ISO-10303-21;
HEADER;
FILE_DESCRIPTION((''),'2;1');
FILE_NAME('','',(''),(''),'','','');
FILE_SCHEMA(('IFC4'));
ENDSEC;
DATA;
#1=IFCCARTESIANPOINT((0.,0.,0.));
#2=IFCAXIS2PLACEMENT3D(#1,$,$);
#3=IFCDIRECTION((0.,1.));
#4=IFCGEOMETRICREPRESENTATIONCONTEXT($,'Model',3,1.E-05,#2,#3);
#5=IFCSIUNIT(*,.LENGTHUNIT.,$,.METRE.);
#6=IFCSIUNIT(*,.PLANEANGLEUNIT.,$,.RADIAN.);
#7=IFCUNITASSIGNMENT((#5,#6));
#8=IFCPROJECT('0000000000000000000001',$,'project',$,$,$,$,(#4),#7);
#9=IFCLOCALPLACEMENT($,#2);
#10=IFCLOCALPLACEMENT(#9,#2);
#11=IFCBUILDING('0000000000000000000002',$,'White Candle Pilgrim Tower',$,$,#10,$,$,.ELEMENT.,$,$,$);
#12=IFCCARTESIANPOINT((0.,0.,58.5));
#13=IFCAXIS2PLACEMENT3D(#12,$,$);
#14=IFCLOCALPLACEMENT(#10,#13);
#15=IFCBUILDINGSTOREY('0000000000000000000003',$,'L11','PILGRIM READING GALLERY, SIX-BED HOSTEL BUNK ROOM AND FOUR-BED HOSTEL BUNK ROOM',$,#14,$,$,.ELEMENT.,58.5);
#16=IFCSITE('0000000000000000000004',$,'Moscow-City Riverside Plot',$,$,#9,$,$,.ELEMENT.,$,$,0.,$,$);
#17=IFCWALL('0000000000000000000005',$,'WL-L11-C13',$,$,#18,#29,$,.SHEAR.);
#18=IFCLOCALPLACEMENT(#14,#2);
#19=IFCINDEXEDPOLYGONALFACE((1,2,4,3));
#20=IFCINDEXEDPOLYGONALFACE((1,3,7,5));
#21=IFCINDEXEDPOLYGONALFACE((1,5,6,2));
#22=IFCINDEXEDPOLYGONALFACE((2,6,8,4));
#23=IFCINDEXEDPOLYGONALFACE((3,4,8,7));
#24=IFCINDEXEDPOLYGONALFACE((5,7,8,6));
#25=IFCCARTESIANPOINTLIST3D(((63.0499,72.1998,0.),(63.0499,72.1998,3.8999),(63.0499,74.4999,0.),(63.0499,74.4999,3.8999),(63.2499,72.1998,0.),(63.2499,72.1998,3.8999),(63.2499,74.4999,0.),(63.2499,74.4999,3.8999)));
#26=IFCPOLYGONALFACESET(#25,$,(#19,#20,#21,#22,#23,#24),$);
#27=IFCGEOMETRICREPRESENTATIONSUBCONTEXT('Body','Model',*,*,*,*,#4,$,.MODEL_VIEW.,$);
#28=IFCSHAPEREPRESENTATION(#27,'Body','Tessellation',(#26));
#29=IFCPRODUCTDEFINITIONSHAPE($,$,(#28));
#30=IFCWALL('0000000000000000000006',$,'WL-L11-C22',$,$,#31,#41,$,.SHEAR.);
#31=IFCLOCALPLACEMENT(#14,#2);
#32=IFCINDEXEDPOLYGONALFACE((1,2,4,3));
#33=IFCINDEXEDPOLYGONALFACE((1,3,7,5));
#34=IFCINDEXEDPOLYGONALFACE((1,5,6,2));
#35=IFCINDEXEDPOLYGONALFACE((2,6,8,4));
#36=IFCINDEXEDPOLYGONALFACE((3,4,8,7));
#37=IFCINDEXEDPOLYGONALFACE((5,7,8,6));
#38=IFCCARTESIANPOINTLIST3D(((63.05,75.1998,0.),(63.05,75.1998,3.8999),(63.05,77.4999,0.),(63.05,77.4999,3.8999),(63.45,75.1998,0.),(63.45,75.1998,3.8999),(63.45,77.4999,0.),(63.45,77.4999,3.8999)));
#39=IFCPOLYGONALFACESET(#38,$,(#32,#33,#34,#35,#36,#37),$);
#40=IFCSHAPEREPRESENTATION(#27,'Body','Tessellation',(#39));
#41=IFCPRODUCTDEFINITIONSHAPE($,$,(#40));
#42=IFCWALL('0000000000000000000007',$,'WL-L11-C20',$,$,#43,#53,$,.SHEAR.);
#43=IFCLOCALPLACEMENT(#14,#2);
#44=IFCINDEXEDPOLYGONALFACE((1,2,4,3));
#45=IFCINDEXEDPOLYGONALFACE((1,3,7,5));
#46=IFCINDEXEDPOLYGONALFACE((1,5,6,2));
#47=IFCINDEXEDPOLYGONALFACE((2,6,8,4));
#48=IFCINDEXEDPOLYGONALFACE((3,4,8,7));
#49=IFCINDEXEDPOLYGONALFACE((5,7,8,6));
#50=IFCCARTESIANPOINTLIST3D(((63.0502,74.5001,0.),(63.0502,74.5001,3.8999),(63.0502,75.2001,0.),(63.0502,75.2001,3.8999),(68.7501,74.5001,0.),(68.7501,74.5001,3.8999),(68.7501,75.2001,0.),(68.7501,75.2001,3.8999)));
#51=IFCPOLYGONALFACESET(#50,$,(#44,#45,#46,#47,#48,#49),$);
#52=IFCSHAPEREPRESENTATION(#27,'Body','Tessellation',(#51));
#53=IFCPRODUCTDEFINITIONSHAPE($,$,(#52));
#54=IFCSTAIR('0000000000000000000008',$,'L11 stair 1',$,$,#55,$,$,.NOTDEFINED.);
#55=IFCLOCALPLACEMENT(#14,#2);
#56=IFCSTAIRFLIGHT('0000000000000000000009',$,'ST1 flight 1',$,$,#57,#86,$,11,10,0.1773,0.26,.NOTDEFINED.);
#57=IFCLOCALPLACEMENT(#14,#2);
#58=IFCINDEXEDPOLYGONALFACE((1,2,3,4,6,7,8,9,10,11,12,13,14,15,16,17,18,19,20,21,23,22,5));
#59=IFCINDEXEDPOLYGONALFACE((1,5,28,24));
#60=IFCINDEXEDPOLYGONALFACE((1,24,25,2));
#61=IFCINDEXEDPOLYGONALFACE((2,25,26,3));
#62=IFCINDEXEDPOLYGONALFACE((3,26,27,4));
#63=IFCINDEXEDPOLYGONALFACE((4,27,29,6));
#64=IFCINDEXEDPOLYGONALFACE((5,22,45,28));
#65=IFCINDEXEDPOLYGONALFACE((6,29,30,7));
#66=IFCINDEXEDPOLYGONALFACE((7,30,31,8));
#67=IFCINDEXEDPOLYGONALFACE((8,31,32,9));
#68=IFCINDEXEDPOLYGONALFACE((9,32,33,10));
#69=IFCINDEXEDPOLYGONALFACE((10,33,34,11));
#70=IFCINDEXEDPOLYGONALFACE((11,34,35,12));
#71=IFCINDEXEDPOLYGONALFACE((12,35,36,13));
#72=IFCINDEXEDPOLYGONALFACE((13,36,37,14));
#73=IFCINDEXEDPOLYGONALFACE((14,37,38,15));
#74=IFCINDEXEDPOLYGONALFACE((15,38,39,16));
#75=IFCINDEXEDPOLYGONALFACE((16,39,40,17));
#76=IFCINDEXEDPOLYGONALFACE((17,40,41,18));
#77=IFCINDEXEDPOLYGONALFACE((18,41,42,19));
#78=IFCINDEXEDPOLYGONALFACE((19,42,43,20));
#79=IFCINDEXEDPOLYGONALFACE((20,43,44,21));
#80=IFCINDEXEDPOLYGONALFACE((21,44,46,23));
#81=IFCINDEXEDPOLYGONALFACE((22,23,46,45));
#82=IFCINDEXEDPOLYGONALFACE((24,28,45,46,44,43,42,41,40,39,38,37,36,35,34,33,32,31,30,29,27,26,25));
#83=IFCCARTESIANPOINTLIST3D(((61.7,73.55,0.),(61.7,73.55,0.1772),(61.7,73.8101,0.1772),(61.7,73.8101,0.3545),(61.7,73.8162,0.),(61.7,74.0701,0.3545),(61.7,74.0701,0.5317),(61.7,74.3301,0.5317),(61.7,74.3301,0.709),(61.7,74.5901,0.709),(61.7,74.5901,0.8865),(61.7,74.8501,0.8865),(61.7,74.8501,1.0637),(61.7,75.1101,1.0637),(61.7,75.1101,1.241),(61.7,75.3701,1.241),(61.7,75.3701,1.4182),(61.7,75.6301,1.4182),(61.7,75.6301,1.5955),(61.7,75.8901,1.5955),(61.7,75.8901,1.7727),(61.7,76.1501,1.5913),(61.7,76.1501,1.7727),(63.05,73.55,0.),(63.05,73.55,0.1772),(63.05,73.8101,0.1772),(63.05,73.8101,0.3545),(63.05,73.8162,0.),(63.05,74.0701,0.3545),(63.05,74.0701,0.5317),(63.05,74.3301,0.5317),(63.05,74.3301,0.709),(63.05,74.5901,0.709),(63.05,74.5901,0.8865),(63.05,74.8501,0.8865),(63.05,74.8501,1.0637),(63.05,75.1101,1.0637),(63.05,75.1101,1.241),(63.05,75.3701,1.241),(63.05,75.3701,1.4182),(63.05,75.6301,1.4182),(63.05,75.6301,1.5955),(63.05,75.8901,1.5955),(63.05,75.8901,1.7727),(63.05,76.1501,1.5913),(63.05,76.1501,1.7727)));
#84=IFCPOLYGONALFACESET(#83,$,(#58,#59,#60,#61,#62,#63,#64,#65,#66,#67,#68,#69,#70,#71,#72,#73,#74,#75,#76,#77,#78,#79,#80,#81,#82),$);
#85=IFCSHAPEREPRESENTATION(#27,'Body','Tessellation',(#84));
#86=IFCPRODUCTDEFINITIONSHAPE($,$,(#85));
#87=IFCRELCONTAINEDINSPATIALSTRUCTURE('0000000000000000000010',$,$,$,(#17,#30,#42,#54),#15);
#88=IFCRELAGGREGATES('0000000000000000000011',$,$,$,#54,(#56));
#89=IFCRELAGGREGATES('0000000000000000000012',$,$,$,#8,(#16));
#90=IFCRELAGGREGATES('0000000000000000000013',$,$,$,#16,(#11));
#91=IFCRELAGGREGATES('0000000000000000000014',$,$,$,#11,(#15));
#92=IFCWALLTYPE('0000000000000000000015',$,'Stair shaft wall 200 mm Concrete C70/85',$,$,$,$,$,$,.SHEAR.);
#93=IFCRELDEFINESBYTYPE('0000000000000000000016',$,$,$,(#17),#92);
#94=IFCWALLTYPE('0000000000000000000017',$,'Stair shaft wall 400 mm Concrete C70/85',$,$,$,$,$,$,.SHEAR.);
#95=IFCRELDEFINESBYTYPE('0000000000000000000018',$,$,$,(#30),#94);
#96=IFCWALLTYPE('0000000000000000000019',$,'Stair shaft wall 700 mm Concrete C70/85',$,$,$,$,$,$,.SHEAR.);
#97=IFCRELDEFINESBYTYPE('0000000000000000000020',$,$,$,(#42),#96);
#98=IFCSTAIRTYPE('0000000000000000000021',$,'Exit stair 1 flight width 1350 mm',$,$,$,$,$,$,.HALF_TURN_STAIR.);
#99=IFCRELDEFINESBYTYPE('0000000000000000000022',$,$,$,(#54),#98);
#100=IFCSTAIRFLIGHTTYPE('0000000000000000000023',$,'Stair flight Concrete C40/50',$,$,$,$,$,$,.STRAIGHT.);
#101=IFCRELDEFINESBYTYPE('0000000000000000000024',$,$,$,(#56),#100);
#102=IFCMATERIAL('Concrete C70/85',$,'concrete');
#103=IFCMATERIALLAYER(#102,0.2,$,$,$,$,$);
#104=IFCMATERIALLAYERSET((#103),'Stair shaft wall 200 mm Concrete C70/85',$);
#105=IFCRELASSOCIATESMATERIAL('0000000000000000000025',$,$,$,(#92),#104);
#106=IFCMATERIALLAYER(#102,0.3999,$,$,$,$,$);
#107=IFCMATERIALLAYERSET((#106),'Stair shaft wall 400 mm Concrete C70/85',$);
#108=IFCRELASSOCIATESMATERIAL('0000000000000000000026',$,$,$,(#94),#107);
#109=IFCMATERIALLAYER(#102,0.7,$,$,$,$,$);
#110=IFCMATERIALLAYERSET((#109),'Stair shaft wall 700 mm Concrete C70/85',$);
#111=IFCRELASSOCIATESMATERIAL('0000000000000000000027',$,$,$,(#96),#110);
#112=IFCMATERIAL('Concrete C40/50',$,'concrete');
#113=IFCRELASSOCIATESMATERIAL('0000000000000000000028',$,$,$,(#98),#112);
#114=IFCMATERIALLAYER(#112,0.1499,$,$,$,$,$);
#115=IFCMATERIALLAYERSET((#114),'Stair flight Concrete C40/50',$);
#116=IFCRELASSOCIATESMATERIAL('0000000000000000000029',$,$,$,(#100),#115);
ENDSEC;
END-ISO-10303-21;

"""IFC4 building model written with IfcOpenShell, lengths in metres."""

from ifc_helpers import new_model, si_unit, direction, frame, frame_2d, origin, place, context, subcontext, project, spatial, polyline, rectangle, outline, extrude, material, layer, layer_set, type_object, element, aggregate, save


model = new_model("IFC4")

# Units and contexts
model_context = context("Model", 3, precision=1e-05, world=origin(), true_north=direction((0.0, 1.0)))
body_context = subcontext(model_context, "Body", "Model", "MODEL_VIEW")
ifc_project = project(units=[si_unit("LENGTHUNIT", "METRE"), si_unit("PLANEANGLEUNIT", "RADIAN")], contexts=[model_context])

# Site, building, storey
site_placement = place(None, origin())
site = spatial("IfcSite", under=ifc_project, at=site_placement, Name="Moscow-City Riverside Plot", CompositionType="ELEMENT", RefElevation=0.0)
building_placement = place(site_placement, origin())
building = spatial("IfcBuilding", under=site, at=building_placement, Name="White Candle Pilgrim Tower", CompositionType="ELEMENT")
storey_placement = place(building_placement, frame((0.0, 0.0, 58.5)))
storey = spatial("IfcBuildingStorey", under=building, at=storey_placement, Name="L11", Description="PILGRIM READING GALLERY, SIX-BED HOSTEL BUNK ROOM AND FOUR-BED HOSTEL BUNK ROOM", CompositionType="ELEMENT", Elevation=58.5)

# Shared definitions
ifc_material_1 = material(Name="Concrete C70/85", Category="concrete")

# Walls
ifc_layer_1 = layer(ifc_material_1, 0.2)
ifc_layer_set_1 = layer_set([ifc_layer_1], Name="Stair shaft wall 200 mm Concrete C70/85")
wall_type_1 = type_object("IfcWallType", Name="Stair shaft wall 200 mm Concrete C70/85", PredefinedType="SHEAR", material=ifc_layer_set_1)
wall_1_placement = place(storey_placement, frame((63.1499, 72.2, 0.0), z_axis=(0.0, 0.0, 1.0), x_axis=(0.0, 1.0, 0.0)))
element("IfcWall", 1, at=wall_1_placement, inside=storey, type_object=wall_type_1, Name="WL-L11-C13", PredefinedType="SHEAR", context=body_context, shape_type="SweptSolid", body=[
    extrude(rectangle(XDim=2.3, YDim=0.2, at=frame_2d((1.1499, 0.0))), origin(), (0.0, 0.0, 1.0), 3.8999),
])
ifc_layer_2 = layer(ifc_material_1, 0.3999)
ifc_layer_set_2 = layer_set([ifc_layer_2], Name="Stair shaft wall 400 mm Concrete C70/85")
wall_type_2 = type_object("IfcWallType", Name="Stair shaft wall 400 mm Concrete C70/85", PredefinedType="SHEAR", material=ifc_layer_set_2)
wall_2_placement = place(storey_placement, frame((63.25, 75.2, 0.0), z_axis=(0.0, 0.0, 1.0), x_axis=(0.0, 1.0, 0.0)))
element("IfcWall", 2, at=wall_2_placement, inside=storey, type_object=wall_type_2, Name="WL-L11-C22", PredefinedType="SHEAR", context=body_context, shape_type="SweptSolid", body=[
    extrude(rectangle(XDim=2.3, YDim=0.3999, at=frame_2d((1.1499, 0.0))), origin(), (0.0, 0.0, 1.0), 3.8999),
])
ifc_layer_3 = layer(ifc_material_1, 0.7)
ifc_layer_set_3 = layer_set([ifc_layer_3], Name="Stair shaft wall 700 mm Concrete C70/85")
wall_type_3 = type_object("IfcWallType", Name="Stair shaft wall 700 mm Concrete C70/85", PredefinedType="SHEAR", material=ifc_layer_set_3)
wall_3_placement = place(storey_placement, frame((63.05, 74.8501, 0.0), z_axis=(0.0, 0.0, 1.0), x_axis=(1.0, 0.0, 0.0)))
element("IfcWall", 3, at=wall_3_placement, inside=storey, type_object=wall_type_3, Name="WL-L11-C20", PredefinedType="SHEAR", context=body_context, shape_type="SweptSolid", body=[
    extrude(rectangle(XDim=5.7, YDim=0.7, at=frame_2d((2.8501, 0.0))), origin(), (0.0, 0.0, 1.0), 3.8999),
])

# Stair, stair flight
ifc_material_2 = material(Name="Concrete C40/50", Category="concrete")
stair_type = type_object("IfcStairType", Name="Exit stair 1 flight width 1350 mm", PredefinedType="HALF_TURN_STAIR", material=ifc_material_2)
stair_placement = place(storey_placement, origin())
stair = element("IfcStair", 4, at=stair_placement, inside=storey, type_object=stair_type, Name="L11 stair 1", PredefinedType="NOTDEFINED")
ifc_layer_4 = layer(ifc_material_2, 0.1499)
ifc_layer_set_4 = layer_set([ifc_layer_4], Name="Stair flight Concrete C40/50")
stair_flight_type = type_object("IfcStairFlightType", Name="Stair flight Concrete C40/50", PredefinedType="STRAIGHT", material=ifc_layer_set_4)
stair_flight_placement = place(storey_placement, frame((62.375, 73.55, 0.0), z_axis=(0.0, 0.0, 1.0), x_axis=(0.0, 1.0, 0.0)))
stair_flight = element("IfcStairFlight", 5, at=stair_flight_placement, type_object=stair_flight_type, Name="ST1 flight 1", NumberOfRisers=11, NumberOfTreads=10, PredefinedType="NOTDEFINED", RiserHeight=0.1773, TreadLength=0.26, context=body_context, shape_type="SweptSolid", body=[
    extrude(outline(polyline([(0.0, 0.0), (0.0, 0.1772), (0.26, 0.1772), (0.26, 0.3545), (0.52, 0.3545), (0.52, 0.5317), (0.78, 0.5317), (0.78, 0.709), (1.04, 0.709), (1.04, 0.8865), (1.3, 0.8865), (1.3, 1.0637), (1.5601, 1.0637), (1.5601, 1.241), (1.8201, 1.241), (1.8201, 1.4182), (2.0801, 1.4182), (2.0801, 1.5955), (2.3401, 1.5955), (2.3401, 1.7727), (2.6001, 1.7727), (2.6001, 1.95), (2.6001, 1.5913), (0.2661, 0.0), (0.0, 0.0)])), frame((0.0, 0.675, 0.0), z_axis=(0.0, -1.0, 0.0), x_axis=(1.0, 0.0, 0.0)), (0.0, 0.0, 1.0), 1.3501),
])
aggregate(stair, [stair_flight])

save(model, "model.ifc")
